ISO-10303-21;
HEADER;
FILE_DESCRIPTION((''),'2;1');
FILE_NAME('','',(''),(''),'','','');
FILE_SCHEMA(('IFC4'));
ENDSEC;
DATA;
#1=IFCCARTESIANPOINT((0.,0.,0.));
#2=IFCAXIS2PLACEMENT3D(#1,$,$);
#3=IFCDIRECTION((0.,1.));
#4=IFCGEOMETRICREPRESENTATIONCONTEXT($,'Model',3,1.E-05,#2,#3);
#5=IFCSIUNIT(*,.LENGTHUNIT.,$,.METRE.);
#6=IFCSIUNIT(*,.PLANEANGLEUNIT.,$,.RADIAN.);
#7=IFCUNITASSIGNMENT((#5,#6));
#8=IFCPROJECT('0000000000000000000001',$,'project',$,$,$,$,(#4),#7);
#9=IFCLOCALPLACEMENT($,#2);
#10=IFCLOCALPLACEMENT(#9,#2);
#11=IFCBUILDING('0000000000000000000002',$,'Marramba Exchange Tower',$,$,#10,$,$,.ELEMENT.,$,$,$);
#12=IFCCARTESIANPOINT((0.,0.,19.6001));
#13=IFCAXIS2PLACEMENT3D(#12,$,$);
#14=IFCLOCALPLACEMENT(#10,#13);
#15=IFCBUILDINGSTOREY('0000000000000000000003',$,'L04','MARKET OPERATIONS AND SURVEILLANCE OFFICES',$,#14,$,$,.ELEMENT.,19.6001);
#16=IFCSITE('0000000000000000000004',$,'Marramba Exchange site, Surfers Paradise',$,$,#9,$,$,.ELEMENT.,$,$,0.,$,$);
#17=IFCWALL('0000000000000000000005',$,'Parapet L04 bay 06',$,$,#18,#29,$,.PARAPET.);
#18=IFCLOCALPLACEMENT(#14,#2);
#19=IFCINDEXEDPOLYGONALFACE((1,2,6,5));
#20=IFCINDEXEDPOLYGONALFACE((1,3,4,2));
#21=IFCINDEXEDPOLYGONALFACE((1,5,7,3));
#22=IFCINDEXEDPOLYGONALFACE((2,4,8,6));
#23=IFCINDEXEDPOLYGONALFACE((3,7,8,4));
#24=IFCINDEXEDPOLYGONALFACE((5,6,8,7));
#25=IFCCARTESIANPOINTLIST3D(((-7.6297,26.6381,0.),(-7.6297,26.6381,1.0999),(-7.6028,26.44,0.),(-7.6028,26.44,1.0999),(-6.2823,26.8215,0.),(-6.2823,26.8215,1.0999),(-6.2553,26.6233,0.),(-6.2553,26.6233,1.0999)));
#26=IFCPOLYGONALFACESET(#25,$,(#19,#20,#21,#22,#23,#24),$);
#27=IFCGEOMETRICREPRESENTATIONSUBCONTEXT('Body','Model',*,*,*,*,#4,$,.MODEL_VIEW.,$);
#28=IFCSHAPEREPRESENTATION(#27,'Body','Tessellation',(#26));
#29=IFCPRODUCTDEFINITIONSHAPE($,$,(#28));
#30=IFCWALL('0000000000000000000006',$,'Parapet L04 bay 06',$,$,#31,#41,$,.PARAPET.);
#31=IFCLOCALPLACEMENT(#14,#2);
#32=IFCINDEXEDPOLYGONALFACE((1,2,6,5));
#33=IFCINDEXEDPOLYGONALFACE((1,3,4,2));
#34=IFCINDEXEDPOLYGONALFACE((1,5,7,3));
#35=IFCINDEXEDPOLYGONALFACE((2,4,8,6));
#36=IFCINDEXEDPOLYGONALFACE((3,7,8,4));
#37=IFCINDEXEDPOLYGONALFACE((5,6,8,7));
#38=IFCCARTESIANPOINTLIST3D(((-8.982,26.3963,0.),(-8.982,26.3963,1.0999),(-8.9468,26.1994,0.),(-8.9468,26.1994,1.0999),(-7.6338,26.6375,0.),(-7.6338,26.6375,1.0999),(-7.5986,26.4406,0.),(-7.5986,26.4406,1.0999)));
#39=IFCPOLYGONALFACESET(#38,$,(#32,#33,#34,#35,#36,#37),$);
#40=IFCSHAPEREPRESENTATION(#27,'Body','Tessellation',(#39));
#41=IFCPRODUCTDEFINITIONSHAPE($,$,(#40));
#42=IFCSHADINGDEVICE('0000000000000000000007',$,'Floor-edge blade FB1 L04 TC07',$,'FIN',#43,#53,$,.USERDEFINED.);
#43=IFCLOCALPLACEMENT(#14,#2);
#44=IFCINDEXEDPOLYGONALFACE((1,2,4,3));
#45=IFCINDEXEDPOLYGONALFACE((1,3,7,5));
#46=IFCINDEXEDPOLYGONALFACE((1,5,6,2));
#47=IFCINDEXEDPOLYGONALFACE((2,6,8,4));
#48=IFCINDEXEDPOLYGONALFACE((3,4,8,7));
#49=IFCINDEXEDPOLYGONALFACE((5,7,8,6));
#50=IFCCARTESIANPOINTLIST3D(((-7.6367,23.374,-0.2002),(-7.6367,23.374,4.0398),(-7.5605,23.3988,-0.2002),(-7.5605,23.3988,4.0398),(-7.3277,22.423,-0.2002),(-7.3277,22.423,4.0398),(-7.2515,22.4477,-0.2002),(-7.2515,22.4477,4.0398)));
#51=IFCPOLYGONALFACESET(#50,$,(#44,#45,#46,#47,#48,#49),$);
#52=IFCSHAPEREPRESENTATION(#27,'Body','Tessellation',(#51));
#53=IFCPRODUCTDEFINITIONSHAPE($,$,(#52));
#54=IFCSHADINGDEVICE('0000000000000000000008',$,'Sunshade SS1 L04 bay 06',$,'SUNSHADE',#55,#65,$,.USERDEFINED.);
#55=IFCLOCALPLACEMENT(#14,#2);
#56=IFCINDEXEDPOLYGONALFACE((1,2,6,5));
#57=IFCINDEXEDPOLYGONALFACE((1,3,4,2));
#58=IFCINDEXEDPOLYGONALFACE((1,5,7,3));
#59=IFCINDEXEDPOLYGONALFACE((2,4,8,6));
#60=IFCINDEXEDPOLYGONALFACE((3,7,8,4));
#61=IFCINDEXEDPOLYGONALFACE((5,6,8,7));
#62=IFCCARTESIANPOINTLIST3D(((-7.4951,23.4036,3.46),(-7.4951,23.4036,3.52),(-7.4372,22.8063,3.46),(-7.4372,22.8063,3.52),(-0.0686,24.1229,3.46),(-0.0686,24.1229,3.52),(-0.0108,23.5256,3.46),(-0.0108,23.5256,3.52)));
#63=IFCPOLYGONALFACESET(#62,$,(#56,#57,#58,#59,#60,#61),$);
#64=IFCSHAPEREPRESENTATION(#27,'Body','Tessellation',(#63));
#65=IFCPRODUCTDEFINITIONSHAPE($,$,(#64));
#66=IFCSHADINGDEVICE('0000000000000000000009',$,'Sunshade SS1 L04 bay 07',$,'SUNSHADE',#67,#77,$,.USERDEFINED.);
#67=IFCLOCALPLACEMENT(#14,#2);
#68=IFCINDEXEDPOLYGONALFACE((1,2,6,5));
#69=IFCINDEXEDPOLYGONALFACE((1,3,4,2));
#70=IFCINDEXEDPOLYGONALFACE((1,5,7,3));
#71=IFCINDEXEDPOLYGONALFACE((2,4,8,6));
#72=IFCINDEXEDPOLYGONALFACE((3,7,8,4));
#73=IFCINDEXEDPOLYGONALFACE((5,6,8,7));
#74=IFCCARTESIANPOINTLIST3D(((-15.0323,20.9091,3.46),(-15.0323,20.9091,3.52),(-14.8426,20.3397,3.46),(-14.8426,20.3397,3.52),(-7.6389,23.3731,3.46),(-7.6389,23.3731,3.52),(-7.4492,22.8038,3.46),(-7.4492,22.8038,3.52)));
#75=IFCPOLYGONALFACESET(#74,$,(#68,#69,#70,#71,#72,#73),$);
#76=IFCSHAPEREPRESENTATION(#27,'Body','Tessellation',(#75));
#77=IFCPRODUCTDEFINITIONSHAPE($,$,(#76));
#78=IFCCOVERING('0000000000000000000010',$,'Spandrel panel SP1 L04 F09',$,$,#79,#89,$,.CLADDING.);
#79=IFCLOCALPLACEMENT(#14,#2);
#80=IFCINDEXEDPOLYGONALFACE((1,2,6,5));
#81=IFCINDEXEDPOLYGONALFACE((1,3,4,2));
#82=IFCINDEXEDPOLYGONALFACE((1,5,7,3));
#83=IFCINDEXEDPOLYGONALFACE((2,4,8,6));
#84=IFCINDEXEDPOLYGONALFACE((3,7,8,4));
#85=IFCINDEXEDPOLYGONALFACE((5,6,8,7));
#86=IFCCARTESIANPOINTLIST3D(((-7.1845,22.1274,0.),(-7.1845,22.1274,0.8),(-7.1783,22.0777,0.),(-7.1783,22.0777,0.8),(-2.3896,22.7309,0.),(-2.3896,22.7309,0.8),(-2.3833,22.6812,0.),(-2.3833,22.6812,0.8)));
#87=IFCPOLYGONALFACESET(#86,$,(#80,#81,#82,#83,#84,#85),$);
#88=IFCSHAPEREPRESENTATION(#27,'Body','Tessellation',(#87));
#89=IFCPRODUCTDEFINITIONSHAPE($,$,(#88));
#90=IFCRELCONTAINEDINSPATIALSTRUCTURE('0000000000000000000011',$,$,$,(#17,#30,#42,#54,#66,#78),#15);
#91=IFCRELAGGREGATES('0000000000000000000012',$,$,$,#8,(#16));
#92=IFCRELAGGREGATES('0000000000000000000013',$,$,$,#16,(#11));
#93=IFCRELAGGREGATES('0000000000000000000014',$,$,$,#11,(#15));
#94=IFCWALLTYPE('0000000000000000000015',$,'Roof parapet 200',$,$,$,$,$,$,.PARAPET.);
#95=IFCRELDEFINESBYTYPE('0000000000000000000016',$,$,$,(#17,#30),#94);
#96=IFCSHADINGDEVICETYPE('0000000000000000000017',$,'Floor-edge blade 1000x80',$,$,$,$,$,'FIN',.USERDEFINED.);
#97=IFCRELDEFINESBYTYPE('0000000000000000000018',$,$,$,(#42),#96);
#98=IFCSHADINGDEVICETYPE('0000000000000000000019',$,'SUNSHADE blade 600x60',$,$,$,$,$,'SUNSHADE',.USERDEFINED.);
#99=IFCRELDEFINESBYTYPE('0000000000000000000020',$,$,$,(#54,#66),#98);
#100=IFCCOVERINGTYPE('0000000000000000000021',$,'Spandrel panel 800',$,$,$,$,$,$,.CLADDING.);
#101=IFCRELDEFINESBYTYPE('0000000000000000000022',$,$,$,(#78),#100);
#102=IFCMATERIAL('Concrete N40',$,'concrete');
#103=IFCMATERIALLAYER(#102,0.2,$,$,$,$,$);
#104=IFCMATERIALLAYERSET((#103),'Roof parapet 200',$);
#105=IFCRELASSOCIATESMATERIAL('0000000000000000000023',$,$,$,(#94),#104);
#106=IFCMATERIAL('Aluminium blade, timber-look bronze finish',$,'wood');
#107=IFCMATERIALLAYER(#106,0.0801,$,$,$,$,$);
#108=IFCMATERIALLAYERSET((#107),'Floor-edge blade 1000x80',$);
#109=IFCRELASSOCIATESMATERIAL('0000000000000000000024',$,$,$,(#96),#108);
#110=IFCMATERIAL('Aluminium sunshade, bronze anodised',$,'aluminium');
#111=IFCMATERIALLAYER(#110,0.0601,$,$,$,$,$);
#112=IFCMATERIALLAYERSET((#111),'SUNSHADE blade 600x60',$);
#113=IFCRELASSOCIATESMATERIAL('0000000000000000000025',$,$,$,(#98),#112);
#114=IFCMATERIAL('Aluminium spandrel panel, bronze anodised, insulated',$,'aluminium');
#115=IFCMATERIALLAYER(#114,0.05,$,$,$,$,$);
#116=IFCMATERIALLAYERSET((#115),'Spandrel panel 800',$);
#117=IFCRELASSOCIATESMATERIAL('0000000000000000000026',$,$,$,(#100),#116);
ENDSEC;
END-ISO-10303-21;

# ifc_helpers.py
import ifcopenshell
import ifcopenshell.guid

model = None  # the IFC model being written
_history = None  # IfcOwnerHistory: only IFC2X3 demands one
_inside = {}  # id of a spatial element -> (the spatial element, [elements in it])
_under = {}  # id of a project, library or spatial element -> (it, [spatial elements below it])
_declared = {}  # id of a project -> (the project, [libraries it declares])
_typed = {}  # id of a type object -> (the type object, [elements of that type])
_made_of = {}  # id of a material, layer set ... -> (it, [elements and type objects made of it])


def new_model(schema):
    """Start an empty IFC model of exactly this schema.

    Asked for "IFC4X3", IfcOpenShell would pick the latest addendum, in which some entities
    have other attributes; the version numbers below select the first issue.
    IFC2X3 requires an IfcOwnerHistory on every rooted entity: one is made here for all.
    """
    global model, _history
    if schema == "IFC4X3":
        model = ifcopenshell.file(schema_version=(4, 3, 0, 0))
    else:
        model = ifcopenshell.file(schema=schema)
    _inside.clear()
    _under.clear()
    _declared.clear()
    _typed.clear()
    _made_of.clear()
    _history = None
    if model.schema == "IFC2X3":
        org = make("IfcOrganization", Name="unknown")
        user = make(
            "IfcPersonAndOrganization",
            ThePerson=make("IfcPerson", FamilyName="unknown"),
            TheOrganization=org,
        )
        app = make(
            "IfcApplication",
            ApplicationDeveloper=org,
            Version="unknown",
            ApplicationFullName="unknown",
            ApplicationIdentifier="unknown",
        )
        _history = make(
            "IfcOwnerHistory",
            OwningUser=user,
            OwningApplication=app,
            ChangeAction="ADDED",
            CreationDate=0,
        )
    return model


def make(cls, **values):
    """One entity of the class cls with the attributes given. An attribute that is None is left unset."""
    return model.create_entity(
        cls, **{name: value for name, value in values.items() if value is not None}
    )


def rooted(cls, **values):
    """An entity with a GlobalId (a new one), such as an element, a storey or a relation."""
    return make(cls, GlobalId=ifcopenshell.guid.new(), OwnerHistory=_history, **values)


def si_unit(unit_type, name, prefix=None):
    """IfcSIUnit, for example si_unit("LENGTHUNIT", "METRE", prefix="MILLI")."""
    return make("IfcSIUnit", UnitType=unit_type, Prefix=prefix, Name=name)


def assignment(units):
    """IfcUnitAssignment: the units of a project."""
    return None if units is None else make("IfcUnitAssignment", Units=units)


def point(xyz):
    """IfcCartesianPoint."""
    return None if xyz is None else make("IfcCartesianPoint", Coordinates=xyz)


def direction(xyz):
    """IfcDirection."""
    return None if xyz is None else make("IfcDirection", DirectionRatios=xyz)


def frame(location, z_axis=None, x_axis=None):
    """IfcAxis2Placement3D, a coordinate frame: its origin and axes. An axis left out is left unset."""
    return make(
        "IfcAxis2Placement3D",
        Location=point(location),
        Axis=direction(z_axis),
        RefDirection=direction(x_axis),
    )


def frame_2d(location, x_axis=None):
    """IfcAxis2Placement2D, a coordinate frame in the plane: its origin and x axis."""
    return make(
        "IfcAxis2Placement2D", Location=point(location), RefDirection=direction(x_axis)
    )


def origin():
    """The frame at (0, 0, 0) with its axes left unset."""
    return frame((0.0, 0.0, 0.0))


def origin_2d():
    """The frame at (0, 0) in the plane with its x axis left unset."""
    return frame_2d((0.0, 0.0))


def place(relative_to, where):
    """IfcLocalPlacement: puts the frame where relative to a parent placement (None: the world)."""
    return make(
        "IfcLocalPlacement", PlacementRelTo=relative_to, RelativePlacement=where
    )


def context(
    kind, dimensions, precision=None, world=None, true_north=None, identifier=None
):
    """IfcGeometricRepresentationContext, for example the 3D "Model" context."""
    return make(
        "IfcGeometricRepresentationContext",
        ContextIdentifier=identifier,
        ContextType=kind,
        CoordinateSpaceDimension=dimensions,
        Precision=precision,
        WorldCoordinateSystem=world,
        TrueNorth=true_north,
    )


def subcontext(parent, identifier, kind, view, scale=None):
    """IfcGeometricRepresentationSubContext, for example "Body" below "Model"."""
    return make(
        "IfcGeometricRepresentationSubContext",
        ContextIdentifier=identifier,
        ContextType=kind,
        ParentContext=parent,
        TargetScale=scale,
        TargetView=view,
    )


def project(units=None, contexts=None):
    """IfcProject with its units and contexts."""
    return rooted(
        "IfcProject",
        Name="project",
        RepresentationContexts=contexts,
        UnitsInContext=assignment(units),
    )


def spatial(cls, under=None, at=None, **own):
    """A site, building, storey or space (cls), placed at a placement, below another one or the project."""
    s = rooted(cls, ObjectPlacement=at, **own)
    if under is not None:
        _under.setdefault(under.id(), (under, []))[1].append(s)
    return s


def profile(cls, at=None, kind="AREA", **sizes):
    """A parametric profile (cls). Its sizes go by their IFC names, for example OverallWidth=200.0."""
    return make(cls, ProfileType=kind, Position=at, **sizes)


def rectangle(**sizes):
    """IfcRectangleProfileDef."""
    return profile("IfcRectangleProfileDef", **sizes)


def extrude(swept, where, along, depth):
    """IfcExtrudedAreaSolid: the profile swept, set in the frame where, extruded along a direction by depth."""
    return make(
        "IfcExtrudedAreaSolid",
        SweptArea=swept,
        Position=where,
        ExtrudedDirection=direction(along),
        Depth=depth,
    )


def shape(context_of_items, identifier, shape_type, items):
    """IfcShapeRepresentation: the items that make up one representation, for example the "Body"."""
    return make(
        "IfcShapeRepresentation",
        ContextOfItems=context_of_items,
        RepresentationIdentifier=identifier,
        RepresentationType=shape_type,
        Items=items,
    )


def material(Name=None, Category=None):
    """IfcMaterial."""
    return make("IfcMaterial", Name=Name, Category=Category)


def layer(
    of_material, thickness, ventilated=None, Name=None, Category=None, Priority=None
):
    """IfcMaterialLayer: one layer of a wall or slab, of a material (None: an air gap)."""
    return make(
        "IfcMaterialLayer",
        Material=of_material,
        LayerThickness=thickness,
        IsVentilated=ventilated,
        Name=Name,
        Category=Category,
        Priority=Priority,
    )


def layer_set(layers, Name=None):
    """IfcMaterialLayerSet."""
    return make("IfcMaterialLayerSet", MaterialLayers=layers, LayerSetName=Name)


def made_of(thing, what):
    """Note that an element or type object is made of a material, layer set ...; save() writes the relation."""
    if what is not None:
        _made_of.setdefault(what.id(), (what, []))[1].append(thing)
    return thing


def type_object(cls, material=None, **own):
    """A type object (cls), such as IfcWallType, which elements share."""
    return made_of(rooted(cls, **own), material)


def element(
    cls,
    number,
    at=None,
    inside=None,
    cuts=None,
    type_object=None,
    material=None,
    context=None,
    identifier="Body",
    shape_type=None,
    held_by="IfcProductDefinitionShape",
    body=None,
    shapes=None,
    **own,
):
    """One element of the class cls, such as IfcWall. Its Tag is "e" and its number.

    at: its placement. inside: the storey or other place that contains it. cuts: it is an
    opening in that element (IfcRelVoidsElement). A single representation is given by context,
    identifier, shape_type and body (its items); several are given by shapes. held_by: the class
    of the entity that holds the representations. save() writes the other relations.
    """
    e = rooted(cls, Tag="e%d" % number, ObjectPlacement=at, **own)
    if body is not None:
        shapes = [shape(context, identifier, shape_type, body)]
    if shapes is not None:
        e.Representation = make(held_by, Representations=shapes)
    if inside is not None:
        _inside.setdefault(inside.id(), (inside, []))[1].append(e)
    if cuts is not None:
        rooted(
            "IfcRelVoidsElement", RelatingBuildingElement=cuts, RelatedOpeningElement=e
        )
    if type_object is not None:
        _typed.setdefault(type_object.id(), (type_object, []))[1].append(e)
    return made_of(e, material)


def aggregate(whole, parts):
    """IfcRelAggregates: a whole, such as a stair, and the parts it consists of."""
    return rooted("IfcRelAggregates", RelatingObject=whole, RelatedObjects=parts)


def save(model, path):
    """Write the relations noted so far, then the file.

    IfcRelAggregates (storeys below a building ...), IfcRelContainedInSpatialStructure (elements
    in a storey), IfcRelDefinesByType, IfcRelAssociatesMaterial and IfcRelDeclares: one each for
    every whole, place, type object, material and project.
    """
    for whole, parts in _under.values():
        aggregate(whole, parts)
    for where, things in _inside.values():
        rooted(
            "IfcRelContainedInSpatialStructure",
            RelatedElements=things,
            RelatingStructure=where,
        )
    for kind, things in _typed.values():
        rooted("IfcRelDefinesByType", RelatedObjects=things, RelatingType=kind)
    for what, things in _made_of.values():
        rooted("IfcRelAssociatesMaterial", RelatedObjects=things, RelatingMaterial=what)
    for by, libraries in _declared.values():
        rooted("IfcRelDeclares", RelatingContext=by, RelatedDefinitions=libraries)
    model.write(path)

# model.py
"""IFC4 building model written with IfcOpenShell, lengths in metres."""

from ifc_helpers import new_model, si_unit, direction, frame, frame_2d, origin, origin_2d, place, context, subcontext, project, spatial, rectangle, extrude, material, layer, layer_set, type_object, element, save


model = new_model("IFC4")

# Units and contexts
model_context = context("Model", 3, precision=1e-05, world=origin(), true_north=direction((0.0, 1.0)))
body_context = subcontext(model_context, "Body", "Model", "MODEL_VIEW")
ifc_project = project(units=[si_unit("LENGTHUNIT", "METRE"), si_unit("PLANEANGLEUNIT", "RADIAN")], contexts=[model_context])

# Site, building, storey
site_placement = place(None, origin())
site = spatial("IfcSite", under=ifc_project, at=site_placement, Name="Marramba Exchange site, Surfers Paradise", CompositionType="ELEMENT", RefElevation=0.0)
building_placement = place(site_placement, origin())
building = spatial("IfcBuilding", under=site, at=building_placement, Name="Marramba Exchange Tower", CompositionType="ELEMENT")
storey_placement = place(building_placement, frame((0.0, 0.0, 19.6001)))
storey = spatial("IfcBuildingStorey", under=building, at=storey_placement, Name="L04", Description="MARKET OPERATIONS AND SURVEILLANCE OFFICES", CompositionType="ELEMENT", Elevation=19.6001)

# Walls
ifc_material_1 = material(Name="Concrete N40", Category="concrete")
ifc_layer_1 = layer(ifc_material_1, 0.2)
ifc_layer_set_1 = layer_set([ifc_layer_1], Name="Roof parapet 200")
wall_type_1 = type_object("IfcWallType", Name="Roof parapet 200", PredefinedType="PARAPET", material=ifc_layer_set_1)
wall_1_placement = place(storey_placement, frame((-6.2688, 26.7224, 0.0), z_axis=(0.0, 0.0, 1.0), x_axis=(-0.990868, -0.134833, 0.0)))
element("IfcWall", 1, at=wall_1_placement, inside=storey, type_object=wall_type_1, Name="Parapet L04 bay 06", PredefinedType="PARAPET", context=body_context, shape_type="SweptSolid", body=[
    extrude(rectangle(XDim=1.3599, YDim=0.2, at=frame_2d((0.6799, 0.0))), origin(), (0.0, 0.0, 1.0), 1.0999),
])
wall_2_placement = place(storey_placement, frame((-7.6162, 26.5391, 0.0), z_axis=(0.0, 0.0, 1.0), x_axis=(-0.984368, -0.176124, 0.0)))
element("IfcWall", 2, at=wall_2_placement, inside=storey, type_object=wall_type_1, Name="Parapet L04 bay 06", PredefinedType="PARAPET", context=body_context, shape_type="SweptSolid", body=[
    extrude(rectangle(XDim=1.3696, YDim=0.2, at=frame_2d((0.6848, 0.0))), origin(), (0.0, 0.0, 1.0), 1.0999),
])

# Shading devices
ifc_material_2 = material(Name="Aluminium blade, timber-look bronze finish", Category="wood")
ifc_layer_2 = layer(ifc_material_2, 0.0801)
ifc_layer_set_2 = layer_set([ifc_layer_2], Name="Floor-edge blade 1000x80")
shading_device_type_1 = type_object("IfcShadingDeviceType", Name="Floor-edge blade 1000x80", ElementType="FIN", PredefinedType="USERDEFINED", material=ifc_layer_set_2)
shading_device_1_placement = place(storey_placement, frame((-7.4441, 22.9109, -0.2002), z_axis=(0.0, 0.0, 1.0), x_axis=(-0.309017, 0.951057, 0.0)))
element("IfcShadingDevice", 3, at=shading_device_1_placement, inside=storey, type_object=shading_device_type_1, Name="Floor-edge blade FB1 L04 TC07", ObjectType="FIN", PredefinedType="USERDEFINED", context=body_context, shape_type="SweptSolid", body=[
    extrude(rectangle(XDim=1.0, YDim=0.0801, at=origin_2d()), origin(), (0.0, 0.0, 1.0), 4.24),
])
ifc_material_3 = material(Name="Aluminium sunshade, bronze anodised", Category="aluminium")
ifc_layer_3 = layer(ifc_material_3, 0.0601)
ifc_layer_set_3 = layer_set([ifc_layer_3], Name="SUNSHADE blade 600x60")
shading_device_type_2 = type_object("IfcShadingDeviceType", Name="SUNSHADE blade 600x60", ElementType="SUNSHADE", PredefinedType="USERDEFINED", material=ifc_layer_set_3)
shading_device_2_placement = place(storey_placement, frame((-3.7529, 23.4646, 3.46), z_axis=(0.0, 0.0, 1.0), x_axis=(-0.995343, -0.096398, 0.0)))
element("IfcShadingDevice", 4, at=shading_device_2_placement, inside=storey, type_object=shading_device_type_2, Name="Sunshade SS1 L04 bay 06", ObjectType="SUNSHADE", PredefinedType="USERDEFINED", context=body_context, shape_type="SweptSolid", body=[
    extrude(rectangle(XDim=7.4612, YDim=0.6001, at=origin_2d()), origin(), (0.0, 0.0, 1.0), 0.0601),
])
shading_device_3_placement = place(storey_placement, frame((-11.2407, 21.8564, 3.46), z_axis=(0.0, 0.0, 1.0), x_axis=(-0.948698, -0.316184, 0.0)))
element("IfcShadingDevice", 5, at=shading_device_3_placement, inside=storey, type_object=shading_device_type_2, Name="Sunshade SS1 L04 bay 07", ObjectType="SUNSHADE", PredefinedType="USERDEFINED", context=body_context, shape_type="SweptSolid", body=[
    extrude(rectangle(XDim=7.7932, YDim=0.6001, at=origin_2d()), origin(), (0.0, 0.0, 1.0), 0.0601),
])

# Covering
ifc_material_4 = material(Name="Aluminium spandrel panel, bronze anodised, insulated", Category="aluminium")
ifc_layer_4 = layer(ifc_material_4, 0.05)
ifc_layer_set_4 = layer_set([ifc_layer_4], Name="Spandrel panel 800")
covering_type = type_object("IfcCoveringType", Name="Spandrel panel 800", PredefinedType="CLADDING", material=ifc_layer_set_4)
covering_placement = place(storey_placement, frame((-4.7839, 22.4043, 0.0), z_axis=(0.0, 0.0, 1.0), x_axis=(-0.992173, -0.124873, 0.0)))
element("IfcCovering", 6, at=covering_placement, inside=storey, type_object=covering_type, Name="Spandrel panel SP1 L04 F09", PredefinedType="CLADDING", context=body_context, shape_type="SweptSolid", body=[
    extrude(rectangle(XDim=4.8328, YDim=0.05, at=origin_2d()), origin(), (0.0, 0.0, 1.0), 0.8),
])

save(model, "model.ifc")
